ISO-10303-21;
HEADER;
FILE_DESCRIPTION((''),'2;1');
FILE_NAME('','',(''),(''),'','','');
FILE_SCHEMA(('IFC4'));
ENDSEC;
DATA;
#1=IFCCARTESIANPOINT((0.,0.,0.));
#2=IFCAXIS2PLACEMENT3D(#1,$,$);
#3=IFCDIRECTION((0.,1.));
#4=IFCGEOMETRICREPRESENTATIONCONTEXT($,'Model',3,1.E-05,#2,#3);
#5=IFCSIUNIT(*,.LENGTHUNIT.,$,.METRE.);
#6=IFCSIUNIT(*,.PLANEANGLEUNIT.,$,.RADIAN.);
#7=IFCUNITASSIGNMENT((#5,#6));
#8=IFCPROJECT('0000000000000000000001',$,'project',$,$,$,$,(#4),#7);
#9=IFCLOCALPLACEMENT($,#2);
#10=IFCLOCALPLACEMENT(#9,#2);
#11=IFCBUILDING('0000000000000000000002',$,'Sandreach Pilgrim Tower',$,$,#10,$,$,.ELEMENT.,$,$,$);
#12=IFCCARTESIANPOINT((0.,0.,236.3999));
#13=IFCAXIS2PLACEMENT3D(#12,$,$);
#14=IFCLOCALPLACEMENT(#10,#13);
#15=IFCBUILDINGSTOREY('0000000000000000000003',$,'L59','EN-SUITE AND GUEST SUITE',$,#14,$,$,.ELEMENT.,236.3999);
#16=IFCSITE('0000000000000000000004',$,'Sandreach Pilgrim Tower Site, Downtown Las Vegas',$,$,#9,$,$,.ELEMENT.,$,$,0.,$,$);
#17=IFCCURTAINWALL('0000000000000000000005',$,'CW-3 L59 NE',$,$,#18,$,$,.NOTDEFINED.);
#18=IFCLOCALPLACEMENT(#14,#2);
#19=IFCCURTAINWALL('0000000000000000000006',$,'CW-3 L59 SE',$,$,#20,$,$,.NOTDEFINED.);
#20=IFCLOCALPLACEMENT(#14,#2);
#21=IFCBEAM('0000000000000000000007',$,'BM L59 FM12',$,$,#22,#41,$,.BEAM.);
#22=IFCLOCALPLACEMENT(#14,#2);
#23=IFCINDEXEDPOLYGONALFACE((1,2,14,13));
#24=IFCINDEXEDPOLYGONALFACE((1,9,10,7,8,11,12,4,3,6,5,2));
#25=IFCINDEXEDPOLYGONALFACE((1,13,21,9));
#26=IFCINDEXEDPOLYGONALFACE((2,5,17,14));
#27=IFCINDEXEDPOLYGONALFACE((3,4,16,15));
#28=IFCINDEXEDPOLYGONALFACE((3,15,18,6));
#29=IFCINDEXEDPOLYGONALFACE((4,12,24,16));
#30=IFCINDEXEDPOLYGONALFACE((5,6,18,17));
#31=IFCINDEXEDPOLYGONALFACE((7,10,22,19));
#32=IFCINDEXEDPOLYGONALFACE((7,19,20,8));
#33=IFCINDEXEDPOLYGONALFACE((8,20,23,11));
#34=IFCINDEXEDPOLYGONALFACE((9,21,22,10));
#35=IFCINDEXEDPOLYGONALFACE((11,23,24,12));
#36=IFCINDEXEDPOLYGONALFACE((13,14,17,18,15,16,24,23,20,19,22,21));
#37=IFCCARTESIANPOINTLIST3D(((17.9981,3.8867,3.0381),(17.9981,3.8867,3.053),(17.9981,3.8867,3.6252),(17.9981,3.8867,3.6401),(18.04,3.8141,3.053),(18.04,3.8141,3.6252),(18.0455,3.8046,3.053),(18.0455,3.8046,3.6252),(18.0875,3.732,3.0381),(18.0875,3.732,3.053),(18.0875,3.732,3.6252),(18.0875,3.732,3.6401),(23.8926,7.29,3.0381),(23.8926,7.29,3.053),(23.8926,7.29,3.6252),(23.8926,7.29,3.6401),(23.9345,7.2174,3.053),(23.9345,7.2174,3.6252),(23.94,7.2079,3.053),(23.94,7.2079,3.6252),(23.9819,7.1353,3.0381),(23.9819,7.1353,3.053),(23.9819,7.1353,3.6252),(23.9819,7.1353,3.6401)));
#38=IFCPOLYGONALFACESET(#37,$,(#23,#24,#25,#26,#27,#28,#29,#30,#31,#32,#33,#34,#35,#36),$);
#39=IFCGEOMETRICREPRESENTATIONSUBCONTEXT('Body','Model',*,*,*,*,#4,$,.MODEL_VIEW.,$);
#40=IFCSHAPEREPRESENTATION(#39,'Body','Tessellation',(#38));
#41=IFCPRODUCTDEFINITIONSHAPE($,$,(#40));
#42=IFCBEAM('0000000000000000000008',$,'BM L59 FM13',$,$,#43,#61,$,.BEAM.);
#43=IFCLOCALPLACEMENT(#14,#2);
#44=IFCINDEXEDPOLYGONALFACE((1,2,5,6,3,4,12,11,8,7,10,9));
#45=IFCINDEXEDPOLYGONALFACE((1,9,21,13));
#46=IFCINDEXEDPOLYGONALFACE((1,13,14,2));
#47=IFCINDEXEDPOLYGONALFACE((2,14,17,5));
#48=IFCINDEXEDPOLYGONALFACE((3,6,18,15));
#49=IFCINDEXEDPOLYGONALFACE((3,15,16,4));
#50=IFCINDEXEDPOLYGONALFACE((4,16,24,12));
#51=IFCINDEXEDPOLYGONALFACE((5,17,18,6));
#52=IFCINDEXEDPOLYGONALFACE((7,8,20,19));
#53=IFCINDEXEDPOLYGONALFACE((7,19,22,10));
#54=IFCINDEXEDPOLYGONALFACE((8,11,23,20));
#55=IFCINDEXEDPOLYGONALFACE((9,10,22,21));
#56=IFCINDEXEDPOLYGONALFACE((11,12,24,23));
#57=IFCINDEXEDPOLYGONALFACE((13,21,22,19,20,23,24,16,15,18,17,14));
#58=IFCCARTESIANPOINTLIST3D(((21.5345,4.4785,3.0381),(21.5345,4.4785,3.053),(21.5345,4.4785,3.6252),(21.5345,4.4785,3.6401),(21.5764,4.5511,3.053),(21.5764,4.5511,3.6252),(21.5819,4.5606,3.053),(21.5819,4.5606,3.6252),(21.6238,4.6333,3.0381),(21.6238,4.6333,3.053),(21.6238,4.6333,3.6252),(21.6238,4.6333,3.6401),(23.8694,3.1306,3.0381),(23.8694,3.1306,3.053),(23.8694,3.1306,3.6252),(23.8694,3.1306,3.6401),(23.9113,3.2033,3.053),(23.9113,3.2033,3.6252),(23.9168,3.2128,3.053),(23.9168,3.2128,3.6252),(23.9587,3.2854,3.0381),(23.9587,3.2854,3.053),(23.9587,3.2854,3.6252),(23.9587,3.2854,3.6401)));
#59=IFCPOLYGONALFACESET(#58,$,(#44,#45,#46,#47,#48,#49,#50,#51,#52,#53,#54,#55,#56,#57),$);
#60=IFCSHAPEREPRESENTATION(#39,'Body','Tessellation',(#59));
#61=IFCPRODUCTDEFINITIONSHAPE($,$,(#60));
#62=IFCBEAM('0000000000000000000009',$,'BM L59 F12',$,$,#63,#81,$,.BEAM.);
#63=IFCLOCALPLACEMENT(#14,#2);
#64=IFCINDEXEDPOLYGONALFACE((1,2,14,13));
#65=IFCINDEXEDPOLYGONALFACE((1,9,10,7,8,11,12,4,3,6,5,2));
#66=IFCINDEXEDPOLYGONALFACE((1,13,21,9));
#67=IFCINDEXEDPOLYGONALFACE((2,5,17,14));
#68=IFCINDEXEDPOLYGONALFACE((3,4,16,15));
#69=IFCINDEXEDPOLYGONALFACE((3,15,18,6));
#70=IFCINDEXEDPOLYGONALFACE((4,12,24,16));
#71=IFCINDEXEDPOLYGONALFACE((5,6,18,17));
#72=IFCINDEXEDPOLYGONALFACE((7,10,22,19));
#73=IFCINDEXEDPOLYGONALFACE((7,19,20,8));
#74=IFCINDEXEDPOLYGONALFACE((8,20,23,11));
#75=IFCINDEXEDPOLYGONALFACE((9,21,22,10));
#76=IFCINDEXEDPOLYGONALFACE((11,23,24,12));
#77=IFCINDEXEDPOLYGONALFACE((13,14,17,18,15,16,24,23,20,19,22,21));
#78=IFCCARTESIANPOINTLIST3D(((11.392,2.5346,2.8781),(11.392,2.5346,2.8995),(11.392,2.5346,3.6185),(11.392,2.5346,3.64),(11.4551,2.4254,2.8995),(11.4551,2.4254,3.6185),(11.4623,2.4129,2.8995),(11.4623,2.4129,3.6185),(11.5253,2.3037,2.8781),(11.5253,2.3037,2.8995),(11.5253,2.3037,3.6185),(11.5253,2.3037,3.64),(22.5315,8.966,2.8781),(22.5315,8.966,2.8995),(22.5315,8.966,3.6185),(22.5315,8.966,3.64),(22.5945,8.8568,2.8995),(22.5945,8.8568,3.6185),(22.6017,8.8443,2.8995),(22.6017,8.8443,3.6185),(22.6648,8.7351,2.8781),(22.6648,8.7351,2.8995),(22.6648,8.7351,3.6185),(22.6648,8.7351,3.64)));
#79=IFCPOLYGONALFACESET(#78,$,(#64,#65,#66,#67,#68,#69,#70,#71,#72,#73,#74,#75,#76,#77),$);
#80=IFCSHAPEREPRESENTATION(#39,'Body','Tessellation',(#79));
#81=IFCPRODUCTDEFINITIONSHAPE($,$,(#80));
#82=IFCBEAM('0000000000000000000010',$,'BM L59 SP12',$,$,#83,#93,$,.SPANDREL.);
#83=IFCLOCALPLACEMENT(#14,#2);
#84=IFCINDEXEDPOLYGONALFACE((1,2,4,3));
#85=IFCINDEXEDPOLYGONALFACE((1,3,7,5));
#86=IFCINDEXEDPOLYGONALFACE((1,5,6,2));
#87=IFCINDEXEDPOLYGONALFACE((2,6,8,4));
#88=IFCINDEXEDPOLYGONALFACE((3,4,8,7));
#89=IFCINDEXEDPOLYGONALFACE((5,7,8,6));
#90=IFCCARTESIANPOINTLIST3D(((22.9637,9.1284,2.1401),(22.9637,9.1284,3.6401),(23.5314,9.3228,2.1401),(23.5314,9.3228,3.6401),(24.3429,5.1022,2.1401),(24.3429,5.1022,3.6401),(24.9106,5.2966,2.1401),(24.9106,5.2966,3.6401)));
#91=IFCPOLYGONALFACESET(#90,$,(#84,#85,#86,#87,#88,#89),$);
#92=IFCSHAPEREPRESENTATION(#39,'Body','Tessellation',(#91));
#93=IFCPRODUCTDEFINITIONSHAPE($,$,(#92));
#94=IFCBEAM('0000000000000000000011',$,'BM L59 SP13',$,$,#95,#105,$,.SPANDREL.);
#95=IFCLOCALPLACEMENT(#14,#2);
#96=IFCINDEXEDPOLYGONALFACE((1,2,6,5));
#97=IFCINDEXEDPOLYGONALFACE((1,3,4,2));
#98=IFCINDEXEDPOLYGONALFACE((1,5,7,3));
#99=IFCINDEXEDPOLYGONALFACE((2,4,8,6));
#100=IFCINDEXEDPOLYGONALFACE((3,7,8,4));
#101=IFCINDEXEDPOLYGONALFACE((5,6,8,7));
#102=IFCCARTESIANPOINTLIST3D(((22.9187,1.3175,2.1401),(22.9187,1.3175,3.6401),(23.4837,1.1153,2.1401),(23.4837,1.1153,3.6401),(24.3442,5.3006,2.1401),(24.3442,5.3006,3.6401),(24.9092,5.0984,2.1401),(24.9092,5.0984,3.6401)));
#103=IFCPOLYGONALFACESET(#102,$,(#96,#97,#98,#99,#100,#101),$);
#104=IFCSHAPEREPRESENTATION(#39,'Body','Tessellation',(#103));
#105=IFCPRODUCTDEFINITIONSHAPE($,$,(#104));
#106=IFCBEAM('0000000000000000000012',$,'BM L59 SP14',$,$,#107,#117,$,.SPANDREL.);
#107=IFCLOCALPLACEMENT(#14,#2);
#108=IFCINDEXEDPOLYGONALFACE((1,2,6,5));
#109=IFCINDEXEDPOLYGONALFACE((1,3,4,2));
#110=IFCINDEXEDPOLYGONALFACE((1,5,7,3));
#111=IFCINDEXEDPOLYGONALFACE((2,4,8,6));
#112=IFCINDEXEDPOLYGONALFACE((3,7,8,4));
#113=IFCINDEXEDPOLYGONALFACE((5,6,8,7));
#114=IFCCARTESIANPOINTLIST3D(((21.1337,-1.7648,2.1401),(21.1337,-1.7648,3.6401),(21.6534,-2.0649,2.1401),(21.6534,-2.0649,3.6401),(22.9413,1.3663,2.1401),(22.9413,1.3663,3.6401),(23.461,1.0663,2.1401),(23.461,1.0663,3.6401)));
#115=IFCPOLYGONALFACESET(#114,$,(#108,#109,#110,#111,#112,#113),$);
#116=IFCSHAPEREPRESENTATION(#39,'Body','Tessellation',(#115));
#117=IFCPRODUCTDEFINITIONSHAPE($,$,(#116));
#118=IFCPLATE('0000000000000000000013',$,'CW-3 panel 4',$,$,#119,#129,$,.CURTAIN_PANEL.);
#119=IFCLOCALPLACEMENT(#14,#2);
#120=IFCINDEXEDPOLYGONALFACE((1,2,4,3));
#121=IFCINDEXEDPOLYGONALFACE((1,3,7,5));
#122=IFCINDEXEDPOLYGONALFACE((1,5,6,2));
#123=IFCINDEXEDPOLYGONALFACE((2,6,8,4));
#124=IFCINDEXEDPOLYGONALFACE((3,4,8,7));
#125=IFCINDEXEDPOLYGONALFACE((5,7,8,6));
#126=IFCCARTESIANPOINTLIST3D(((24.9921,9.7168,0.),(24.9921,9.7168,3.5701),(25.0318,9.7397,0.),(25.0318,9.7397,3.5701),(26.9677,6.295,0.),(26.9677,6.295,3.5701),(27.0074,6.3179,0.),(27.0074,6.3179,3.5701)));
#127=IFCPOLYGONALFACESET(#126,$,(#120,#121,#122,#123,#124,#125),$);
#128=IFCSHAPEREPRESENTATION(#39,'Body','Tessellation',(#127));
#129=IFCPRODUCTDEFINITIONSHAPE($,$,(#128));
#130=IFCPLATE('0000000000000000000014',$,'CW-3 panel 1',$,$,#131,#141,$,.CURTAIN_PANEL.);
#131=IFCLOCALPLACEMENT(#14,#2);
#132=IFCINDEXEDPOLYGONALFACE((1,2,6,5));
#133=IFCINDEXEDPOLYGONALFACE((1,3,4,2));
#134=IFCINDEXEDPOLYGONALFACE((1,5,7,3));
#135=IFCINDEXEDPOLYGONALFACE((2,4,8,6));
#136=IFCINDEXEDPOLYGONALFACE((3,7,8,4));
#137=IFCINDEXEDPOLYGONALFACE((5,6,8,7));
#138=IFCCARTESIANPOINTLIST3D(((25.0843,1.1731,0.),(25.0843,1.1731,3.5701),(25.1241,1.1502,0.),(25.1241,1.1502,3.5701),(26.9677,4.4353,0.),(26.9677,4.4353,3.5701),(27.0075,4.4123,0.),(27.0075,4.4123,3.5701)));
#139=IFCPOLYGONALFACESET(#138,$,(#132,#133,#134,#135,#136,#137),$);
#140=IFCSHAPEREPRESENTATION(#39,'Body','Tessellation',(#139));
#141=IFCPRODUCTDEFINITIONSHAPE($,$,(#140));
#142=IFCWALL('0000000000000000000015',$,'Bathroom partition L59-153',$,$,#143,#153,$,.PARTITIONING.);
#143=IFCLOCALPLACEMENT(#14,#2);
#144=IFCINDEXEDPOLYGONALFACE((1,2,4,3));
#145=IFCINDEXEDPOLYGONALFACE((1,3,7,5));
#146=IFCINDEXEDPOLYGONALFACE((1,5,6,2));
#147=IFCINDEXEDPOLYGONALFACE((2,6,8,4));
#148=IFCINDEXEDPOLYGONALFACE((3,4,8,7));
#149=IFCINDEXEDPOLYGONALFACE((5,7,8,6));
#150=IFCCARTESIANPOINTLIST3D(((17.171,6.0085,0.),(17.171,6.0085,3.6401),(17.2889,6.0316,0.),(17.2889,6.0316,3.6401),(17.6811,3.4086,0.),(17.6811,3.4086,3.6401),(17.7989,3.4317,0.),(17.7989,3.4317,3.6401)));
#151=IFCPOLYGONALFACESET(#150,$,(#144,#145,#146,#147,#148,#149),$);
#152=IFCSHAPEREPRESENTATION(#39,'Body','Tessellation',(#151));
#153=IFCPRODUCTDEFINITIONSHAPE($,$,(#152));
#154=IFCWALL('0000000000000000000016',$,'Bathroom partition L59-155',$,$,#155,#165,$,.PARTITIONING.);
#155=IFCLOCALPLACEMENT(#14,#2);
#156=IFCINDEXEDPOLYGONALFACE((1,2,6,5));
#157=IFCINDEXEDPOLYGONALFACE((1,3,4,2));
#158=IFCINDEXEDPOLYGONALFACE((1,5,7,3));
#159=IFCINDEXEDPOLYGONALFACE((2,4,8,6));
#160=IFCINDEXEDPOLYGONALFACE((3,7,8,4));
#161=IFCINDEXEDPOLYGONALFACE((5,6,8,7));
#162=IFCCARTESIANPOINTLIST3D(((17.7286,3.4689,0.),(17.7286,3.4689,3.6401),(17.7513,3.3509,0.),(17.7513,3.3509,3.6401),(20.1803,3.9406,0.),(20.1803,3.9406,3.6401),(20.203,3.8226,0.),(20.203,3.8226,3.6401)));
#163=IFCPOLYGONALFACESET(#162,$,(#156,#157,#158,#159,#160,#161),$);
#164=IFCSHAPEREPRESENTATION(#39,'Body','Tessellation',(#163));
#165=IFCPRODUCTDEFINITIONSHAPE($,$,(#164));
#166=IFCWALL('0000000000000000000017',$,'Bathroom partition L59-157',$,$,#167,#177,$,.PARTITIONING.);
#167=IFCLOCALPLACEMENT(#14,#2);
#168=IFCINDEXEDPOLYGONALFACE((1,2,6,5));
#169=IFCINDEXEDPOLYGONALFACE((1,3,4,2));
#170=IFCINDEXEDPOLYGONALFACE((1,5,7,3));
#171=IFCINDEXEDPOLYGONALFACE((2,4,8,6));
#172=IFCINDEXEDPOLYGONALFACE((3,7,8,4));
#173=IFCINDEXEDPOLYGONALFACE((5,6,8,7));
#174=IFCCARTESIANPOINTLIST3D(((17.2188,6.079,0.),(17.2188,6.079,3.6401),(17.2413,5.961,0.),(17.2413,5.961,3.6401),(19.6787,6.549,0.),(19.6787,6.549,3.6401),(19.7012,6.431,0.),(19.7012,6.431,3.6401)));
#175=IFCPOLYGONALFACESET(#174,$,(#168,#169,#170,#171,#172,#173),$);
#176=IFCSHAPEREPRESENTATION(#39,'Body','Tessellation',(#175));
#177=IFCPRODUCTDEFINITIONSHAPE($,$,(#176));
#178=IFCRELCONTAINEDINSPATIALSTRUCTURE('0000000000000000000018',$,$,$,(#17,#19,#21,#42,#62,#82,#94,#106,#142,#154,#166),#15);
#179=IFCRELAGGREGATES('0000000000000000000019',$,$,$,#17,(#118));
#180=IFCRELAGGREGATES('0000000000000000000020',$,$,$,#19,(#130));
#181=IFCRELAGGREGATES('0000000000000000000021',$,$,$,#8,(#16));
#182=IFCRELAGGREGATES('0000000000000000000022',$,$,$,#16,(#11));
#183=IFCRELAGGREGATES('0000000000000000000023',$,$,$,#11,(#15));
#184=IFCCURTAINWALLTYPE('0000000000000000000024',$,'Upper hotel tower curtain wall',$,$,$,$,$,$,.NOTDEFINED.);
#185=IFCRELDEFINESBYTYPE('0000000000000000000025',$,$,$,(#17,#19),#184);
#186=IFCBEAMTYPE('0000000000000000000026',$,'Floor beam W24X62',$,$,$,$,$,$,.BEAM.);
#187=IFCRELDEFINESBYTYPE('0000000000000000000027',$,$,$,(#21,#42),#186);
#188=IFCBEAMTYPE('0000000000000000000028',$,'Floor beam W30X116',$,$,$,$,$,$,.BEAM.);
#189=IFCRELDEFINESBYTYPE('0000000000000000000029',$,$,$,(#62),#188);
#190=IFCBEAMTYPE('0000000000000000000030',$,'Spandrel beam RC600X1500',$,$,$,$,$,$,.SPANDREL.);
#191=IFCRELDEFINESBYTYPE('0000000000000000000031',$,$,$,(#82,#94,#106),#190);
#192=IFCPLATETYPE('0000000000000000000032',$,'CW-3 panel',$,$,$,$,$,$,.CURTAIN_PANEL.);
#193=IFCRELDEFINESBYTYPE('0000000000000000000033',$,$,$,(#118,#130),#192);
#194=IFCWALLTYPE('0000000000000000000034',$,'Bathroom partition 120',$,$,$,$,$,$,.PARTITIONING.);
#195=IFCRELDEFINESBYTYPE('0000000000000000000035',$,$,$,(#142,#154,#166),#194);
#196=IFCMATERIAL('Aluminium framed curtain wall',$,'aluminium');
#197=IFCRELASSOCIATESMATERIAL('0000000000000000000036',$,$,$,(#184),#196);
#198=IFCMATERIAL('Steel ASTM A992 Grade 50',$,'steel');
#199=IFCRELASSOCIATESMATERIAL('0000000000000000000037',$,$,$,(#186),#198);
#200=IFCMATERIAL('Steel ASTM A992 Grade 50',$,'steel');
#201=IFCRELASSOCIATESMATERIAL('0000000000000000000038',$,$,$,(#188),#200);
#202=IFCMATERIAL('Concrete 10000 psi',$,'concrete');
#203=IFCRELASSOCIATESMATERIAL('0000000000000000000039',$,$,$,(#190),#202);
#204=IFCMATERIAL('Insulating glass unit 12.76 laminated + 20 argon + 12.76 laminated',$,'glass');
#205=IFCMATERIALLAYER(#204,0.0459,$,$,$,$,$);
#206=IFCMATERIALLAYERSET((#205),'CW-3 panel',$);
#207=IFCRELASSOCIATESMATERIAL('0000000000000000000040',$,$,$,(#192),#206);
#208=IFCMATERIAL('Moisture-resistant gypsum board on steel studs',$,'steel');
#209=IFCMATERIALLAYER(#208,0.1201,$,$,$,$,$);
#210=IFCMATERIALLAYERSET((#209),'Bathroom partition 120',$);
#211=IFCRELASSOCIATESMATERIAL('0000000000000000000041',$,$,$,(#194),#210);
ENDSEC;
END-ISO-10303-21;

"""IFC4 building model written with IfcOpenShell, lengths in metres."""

from ifc_helpers import new_model, si_unit, direction, frame, frame_2d, origin, origin_2d, place, context, subcontext, project, spatial, rectangle, i_section, extrude, material, layer, layer_set, material_profile, profile_set, type_object, element, aggregate, save


model = new_model("IFC4")

# Units and contexts
model_context = context("Model", 3, precision=1e-05, world=origin(), true_north=direction((0.0, 1.0)))
body_context = subcontext(model_context, "Body", "Model", "MODEL_VIEW")
ifc_project = project(units=[si_unit("LENGTHUNIT", "METRE"), si_unit("PLANEANGLEUNIT", "RADIAN")], contexts=[model_context])

# Site, building, storey
site_placement = place(None, origin())
site = spatial("IfcSite", under=ifc_project, at=site_placement, Name="Sandreach Pilgrim Tower Site, Downtown Las Vegas", CompositionType="ELEMENT", RefElevation=0.0)
building_placement = place(site_placement, origin())
building = spatial("IfcBuilding", under=site, at=building_placement, Name="Sandreach Pilgrim Tower", CompositionType="ELEMENT")
storey_placement = place(building_placement, frame((0.0, 0.0, 236.3999)))
storey = spatial("IfcBuildingStorey", under=building, at=storey_placement, Name="L59", Description="EN-SUITE AND GUEST SUITE", CompositionType="ELEMENT", Elevation=236.3999)

# Curtain wall
ifc_material_1 = material(Name="Aluminium framed curtain wall", Category="aluminium")
curtain_wall_type = type_object("IfcCurtainWallType", Name="Upper hotel tower curtain wall", PredefinedType="NOTDEFINED", material=ifc_material_1)
curtain_wall_1_placement = place(storey_placement, origin())
curtain_wall_1 = element("IfcCurtainWall", 1, at=curtain_wall_1_placement, inside=storey, type_object=curtain_wall_type, Name="CW-3 L59 NE", PredefinedType="NOTDEFINED")

# Curtain wall
curtain_wall_2_placement = place(storey_placement, origin())
curtain_wall_2 = element("IfcCurtainWall", 2, at=curtain_wall_2_placement, inside=storey, type_object=curtain_wall_type, Name="CW-3 L59 SE", PredefinedType="NOTDEFINED")

# Beams
ifc_material_2 = material(Name="Steel ASTM A992 Grade 50", Category="steel")
ifc_material_profile_1 = material_profile(ifc_material_2, i_section(OverallWidth=0.1787, OverallDepth=0.6021, WebThickness=0.011, FlangeThickness=0.0149, at=origin_2d()), Name="W24X62")
ifc_profile_set_1 = profile_set([ifc_material_profile_1], Name="Steel ASTM A992 Grade 50")
beam_type_1 = type_object("IfcBeamType", Name="Floor beam W24X62", PredefinedType="BEAM", material=ifc_profile_set_1)
beam_1_placement = place(storey_placement, frame((23.9373, 7.2126, 3.3391), z_axis=(-0.866018, -0.500012, 0.0), x_axis=(0.500012, -0.866018, 0.0)))
element("IfcBeam", 3, at=beam_1_placement, inside=storey, type_object=beam_type_1, Name="BM L59 FM12", PredefinedType="BEAM", context=body_context, shape_type="SweptSolid", body=[
    extrude(i_section(OverallWidth=0.1787, OverallDepth=0.6021, WebThickness=0.011, FlangeThickness=0.0149, at=origin_2d()), origin(), (0.0, 0.0, 1.0), 6.8064),
])
beam_2_placement = place(storey_placement, frame((23.9141, 3.208, 3.3391), z_axis=(-0.866056, 0.499947, 0.0), x_axis=(-0.499947, -0.866056, 0.0)))
element("IfcBeam", 4, at=beam_2_placement, inside=storey, type_object=beam_type_1, Name="BM L59 FM13", PredefinedType="BEAM", context=body_context, shape_type="SweptSolid", body=[
    extrude(i_section(OverallWidth=0.1787, OverallDepth=0.6021, WebThickness=0.011, FlangeThickness=0.0149, at=origin_2d()), origin(), (0.0, 0.0, 1.0), 2.696),
])
ifc_material_3 = material(Name="Steel ASTM A992 Grade 50", Category="steel")
ifc_material_profile_2 = material_profile(ifc_material_3, i_section(OverallWidth=0.2666, OverallDepth=0.762, WebThickness=0.0144, FlangeThickness=0.0215, at=origin_2d()), Name="W30X116")
ifc_profile_set_2 = profile_set([ifc_material_profile_2], Name="Steel ASTM A992 Grade 50")
beam_type_2 = type_object("IfcBeamType", Name="Floor beam W30X116", PredefinedType="BEAM", material=ifc_profile_set_2)
beam_3_placement = place(storey_placement, frame((22.5981, 8.8506, 3.259), z_axis=(-0.866023, -0.500003, 0.0), x_axis=(0.500003, -0.866023, 0.0)))
element("IfcBeam", 5, at=beam_3_placement, inside=storey, type_object=beam_type_2, Name="BM L59 F12", PredefinedType="BEAM", context=body_context, shape_type="SweptSolid", body=[
    extrude(i_section(OverallWidth=0.2666, OverallDepth=0.762, WebThickness=0.0144, FlangeThickness=0.0215, at=origin_2d()), origin(), (0.0, 0.0, 1.0), 12.8628),
])
ifc_material_4 = material(Name="Concrete 10000 psi", Category="concrete")
ifc_material_profile_3 = material_profile(ifc_material_4, rectangle(XDim=0.6001, YDim=1.5, at=origin_2d()), Name="RC600X1500")
ifc_profile_set_3 = profile_set([ifc_material_profile_3], Name="Concrete 10000 psi")
beam_type_3 = type_object("IfcBeamType", Name="Spandrel beam RC600X1500", PredefinedType="SPANDREL", material=ifc_profile_set_3)
beam_4_placement = place(storey_placement, frame((23.2476, 9.2256, 2.8901), z_axis=(0.324065, -0.946035, 0.0), x_axis=(0.946035, 0.324065, 0.0)))
element("IfcBeam", 6, at=beam_4_placement, inside=storey, type_object=beam_type_3, Name="BM L59 SP12", PredefinedType="SPANDREL", context=body_context, shape_type="SweptSolid", body=[
    extrude(rectangle(XDim=0.6001, YDim=1.5, at=origin_2d()), origin(), (0.0, 0.0, 1.0), 4.2559),
])
beam_5_placement = place(storey_placement, frame((24.6267, 5.1995, 2.8901), z_axis=(-0.336961, -0.941518, 0.0), x_axis=(0.941518, -0.336961, 0.0)))
element("IfcBeam", 7, at=beam_5_placement, inside=storey, type_object=beam_type_3, Name="BM L59 SP13", PredefinedType="SPANDREL", context=body_context, shape_type="SweptSolid", body=[
    extrude(rectangle(XDim=0.6001, YDim=1.5, at=origin_2d()), origin(), (0.0, 0.0, 1.0), 4.2305),
])
beam_6_placement = place(storey_placement, frame((23.2012, 1.2163, 2.8901), z_axis=(-0.499974, -0.866041, 0.0), x_axis=(0.866041, -0.499974, 0.0)))
element("IfcBeam", 8, at=beam_6_placement, inside=storey, type_object=beam_type_3, Name="BM L59 SP14", PredefinedType="SPANDREL", context=body_context, shape_type="SweptSolid", body=[
    extrude(rectangle(XDim=0.6001, YDim=1.5, at=origin_2d()), origin(), (0.0, 0.0, 1.0), 3.6155),
])

# Plates
ifc_material_5 = material(Name="Insulating glass unit 12.76 laminated + 20 argon + 12.76 laminated", Category="glass")
ifc_layer_1 = layer(ifc_material_5, 0.0459)
ifc_layer_set_1 = layer_set([ifc_layer_1], Name="CW-3 panel")
plate_type = type_object("IfcPlateType", Name="CW-3 panel", PredefinedType="CURTAIN_PANEL", material=ifc_layer_set_1)
plate_1_placement = place(storey_placement, frame((25.9998, 8.0173, 0.0), z_axis=(0.0, 0.0, 1.0), x_axis=(0.5, -0.866025, 0.0)))
plate_1 = element("IfcPlate", 9, at=plate_1_placement, type_object=plate_type, Name="CW-3 panel 4", PredefinedType="CURTAIN_PANEL", context=body_context, shape_type="SweptSolid", body=[
    extrude(rectangle(XDim=3.9512, YDim=0.0459, at=origin_2d()), origin(), (0.0, 0.0, 1.0), 3.5701),
])
aggregate(curtain_wall_1, [plate_1])
plate_2_placement = place(storey_placement, frame((26.0459, 2.7927, 0.0), z_axis=(0.0, 0.0, 1.0), x_axis=(-0.5, -0.866025, 0.0)))
plate_2 = element("IfcPlate", 10, at=plate_2_placement, type_object=plate_type, Name="CW-3 panel 1", PredefinedType="CURTAIN_PANEL", context=body_context, shape_type="SweptSolid", body=[
    extrude(rectangle(XDim=3.7668, YDim=0.0459, at=origin_2d()), origin(), (0.0, 0.0, 1.0), 3.5701),
])
aggregate(curtain_wall_2, [plate_2])

# Walls
ifc_material_6 = material(Name="Moisture-resistant gypsum board on steel studs", Category="steel")
ifc_layer_2 = layer(ifc_material_6, 0.1201)
ifc_layer_set_2 = layer_set([ifc_layer_2], Name="Bathroom partition 120")
wall_type_1 = type_object("IfcWallType", Name="Bathroom partition 120", PredefinedType="PARTITIONING", material=ifc_layer_set_2)
wall_1_placement = place(storey_placement, frame((17.23, 6.02, 0.0), z_axis=(0.0, 0.0, 1.0), x_axis=(0.1925, -0.981297, 0.0)))
element("IfcWall", 11, at=wall_1_placement, inside=storey, type_object=wall_type_1, Name="Bathroom partition L59-153", PredefinedType="PARTITIONING", context=body_context, shape_type="SweptSolid", body=[
    extrude(rectangle(XDim=2.6494, YDim=0.1201, at=frame_2d((1.3247, 0.0))), origin(), (0.0, 0.0, 1.0), 3.6401),
])
wall_2_placement = place(storey_placement, frame((17.74, 3.4099, 0.0), z_axis=(0.0, 0.0, 1.0), x_axis=(0.981991, 0.188927, 0.0)))
element("IfcWall", 12, at=wall_2_placement, inside=storey, type_object=wall_type_1, Name="Bathroom partition L59-155", PredefinedType="PARTITIONING", context=body_context, shape_type="SweptSolid", body=[
    extrude(rectangle(XDim=2.4966, YDim=0.1201, at=frame_2d((1.2483, 0.0))), origin(), (0.0, 0.0, 1.0), 3.6401),
])
wall_3_placement = place(storey_placement, frame((19.6899, 6.49, 0.0), z_axis=(0.0, 0.0, 1.0), x_axis=(-0.982235, -0.187654, 0.0)))
element("IfcWall", 13, at=wall_3_placement, inside=storey, type_object=wall_type_1, Name="Bathroom partition L59-157", PredefinedType="PARTITIONING", context=body_context, shape_type="SweptSolid", body=[
    extrude(rectangle(XDim=2.5044, YDim=0.1201, at=frame_2d((1.2522, 0.0))), origin(), (0.0, 0.0, 1.0), 3.6401),
])

save(model, "model.ifc")
